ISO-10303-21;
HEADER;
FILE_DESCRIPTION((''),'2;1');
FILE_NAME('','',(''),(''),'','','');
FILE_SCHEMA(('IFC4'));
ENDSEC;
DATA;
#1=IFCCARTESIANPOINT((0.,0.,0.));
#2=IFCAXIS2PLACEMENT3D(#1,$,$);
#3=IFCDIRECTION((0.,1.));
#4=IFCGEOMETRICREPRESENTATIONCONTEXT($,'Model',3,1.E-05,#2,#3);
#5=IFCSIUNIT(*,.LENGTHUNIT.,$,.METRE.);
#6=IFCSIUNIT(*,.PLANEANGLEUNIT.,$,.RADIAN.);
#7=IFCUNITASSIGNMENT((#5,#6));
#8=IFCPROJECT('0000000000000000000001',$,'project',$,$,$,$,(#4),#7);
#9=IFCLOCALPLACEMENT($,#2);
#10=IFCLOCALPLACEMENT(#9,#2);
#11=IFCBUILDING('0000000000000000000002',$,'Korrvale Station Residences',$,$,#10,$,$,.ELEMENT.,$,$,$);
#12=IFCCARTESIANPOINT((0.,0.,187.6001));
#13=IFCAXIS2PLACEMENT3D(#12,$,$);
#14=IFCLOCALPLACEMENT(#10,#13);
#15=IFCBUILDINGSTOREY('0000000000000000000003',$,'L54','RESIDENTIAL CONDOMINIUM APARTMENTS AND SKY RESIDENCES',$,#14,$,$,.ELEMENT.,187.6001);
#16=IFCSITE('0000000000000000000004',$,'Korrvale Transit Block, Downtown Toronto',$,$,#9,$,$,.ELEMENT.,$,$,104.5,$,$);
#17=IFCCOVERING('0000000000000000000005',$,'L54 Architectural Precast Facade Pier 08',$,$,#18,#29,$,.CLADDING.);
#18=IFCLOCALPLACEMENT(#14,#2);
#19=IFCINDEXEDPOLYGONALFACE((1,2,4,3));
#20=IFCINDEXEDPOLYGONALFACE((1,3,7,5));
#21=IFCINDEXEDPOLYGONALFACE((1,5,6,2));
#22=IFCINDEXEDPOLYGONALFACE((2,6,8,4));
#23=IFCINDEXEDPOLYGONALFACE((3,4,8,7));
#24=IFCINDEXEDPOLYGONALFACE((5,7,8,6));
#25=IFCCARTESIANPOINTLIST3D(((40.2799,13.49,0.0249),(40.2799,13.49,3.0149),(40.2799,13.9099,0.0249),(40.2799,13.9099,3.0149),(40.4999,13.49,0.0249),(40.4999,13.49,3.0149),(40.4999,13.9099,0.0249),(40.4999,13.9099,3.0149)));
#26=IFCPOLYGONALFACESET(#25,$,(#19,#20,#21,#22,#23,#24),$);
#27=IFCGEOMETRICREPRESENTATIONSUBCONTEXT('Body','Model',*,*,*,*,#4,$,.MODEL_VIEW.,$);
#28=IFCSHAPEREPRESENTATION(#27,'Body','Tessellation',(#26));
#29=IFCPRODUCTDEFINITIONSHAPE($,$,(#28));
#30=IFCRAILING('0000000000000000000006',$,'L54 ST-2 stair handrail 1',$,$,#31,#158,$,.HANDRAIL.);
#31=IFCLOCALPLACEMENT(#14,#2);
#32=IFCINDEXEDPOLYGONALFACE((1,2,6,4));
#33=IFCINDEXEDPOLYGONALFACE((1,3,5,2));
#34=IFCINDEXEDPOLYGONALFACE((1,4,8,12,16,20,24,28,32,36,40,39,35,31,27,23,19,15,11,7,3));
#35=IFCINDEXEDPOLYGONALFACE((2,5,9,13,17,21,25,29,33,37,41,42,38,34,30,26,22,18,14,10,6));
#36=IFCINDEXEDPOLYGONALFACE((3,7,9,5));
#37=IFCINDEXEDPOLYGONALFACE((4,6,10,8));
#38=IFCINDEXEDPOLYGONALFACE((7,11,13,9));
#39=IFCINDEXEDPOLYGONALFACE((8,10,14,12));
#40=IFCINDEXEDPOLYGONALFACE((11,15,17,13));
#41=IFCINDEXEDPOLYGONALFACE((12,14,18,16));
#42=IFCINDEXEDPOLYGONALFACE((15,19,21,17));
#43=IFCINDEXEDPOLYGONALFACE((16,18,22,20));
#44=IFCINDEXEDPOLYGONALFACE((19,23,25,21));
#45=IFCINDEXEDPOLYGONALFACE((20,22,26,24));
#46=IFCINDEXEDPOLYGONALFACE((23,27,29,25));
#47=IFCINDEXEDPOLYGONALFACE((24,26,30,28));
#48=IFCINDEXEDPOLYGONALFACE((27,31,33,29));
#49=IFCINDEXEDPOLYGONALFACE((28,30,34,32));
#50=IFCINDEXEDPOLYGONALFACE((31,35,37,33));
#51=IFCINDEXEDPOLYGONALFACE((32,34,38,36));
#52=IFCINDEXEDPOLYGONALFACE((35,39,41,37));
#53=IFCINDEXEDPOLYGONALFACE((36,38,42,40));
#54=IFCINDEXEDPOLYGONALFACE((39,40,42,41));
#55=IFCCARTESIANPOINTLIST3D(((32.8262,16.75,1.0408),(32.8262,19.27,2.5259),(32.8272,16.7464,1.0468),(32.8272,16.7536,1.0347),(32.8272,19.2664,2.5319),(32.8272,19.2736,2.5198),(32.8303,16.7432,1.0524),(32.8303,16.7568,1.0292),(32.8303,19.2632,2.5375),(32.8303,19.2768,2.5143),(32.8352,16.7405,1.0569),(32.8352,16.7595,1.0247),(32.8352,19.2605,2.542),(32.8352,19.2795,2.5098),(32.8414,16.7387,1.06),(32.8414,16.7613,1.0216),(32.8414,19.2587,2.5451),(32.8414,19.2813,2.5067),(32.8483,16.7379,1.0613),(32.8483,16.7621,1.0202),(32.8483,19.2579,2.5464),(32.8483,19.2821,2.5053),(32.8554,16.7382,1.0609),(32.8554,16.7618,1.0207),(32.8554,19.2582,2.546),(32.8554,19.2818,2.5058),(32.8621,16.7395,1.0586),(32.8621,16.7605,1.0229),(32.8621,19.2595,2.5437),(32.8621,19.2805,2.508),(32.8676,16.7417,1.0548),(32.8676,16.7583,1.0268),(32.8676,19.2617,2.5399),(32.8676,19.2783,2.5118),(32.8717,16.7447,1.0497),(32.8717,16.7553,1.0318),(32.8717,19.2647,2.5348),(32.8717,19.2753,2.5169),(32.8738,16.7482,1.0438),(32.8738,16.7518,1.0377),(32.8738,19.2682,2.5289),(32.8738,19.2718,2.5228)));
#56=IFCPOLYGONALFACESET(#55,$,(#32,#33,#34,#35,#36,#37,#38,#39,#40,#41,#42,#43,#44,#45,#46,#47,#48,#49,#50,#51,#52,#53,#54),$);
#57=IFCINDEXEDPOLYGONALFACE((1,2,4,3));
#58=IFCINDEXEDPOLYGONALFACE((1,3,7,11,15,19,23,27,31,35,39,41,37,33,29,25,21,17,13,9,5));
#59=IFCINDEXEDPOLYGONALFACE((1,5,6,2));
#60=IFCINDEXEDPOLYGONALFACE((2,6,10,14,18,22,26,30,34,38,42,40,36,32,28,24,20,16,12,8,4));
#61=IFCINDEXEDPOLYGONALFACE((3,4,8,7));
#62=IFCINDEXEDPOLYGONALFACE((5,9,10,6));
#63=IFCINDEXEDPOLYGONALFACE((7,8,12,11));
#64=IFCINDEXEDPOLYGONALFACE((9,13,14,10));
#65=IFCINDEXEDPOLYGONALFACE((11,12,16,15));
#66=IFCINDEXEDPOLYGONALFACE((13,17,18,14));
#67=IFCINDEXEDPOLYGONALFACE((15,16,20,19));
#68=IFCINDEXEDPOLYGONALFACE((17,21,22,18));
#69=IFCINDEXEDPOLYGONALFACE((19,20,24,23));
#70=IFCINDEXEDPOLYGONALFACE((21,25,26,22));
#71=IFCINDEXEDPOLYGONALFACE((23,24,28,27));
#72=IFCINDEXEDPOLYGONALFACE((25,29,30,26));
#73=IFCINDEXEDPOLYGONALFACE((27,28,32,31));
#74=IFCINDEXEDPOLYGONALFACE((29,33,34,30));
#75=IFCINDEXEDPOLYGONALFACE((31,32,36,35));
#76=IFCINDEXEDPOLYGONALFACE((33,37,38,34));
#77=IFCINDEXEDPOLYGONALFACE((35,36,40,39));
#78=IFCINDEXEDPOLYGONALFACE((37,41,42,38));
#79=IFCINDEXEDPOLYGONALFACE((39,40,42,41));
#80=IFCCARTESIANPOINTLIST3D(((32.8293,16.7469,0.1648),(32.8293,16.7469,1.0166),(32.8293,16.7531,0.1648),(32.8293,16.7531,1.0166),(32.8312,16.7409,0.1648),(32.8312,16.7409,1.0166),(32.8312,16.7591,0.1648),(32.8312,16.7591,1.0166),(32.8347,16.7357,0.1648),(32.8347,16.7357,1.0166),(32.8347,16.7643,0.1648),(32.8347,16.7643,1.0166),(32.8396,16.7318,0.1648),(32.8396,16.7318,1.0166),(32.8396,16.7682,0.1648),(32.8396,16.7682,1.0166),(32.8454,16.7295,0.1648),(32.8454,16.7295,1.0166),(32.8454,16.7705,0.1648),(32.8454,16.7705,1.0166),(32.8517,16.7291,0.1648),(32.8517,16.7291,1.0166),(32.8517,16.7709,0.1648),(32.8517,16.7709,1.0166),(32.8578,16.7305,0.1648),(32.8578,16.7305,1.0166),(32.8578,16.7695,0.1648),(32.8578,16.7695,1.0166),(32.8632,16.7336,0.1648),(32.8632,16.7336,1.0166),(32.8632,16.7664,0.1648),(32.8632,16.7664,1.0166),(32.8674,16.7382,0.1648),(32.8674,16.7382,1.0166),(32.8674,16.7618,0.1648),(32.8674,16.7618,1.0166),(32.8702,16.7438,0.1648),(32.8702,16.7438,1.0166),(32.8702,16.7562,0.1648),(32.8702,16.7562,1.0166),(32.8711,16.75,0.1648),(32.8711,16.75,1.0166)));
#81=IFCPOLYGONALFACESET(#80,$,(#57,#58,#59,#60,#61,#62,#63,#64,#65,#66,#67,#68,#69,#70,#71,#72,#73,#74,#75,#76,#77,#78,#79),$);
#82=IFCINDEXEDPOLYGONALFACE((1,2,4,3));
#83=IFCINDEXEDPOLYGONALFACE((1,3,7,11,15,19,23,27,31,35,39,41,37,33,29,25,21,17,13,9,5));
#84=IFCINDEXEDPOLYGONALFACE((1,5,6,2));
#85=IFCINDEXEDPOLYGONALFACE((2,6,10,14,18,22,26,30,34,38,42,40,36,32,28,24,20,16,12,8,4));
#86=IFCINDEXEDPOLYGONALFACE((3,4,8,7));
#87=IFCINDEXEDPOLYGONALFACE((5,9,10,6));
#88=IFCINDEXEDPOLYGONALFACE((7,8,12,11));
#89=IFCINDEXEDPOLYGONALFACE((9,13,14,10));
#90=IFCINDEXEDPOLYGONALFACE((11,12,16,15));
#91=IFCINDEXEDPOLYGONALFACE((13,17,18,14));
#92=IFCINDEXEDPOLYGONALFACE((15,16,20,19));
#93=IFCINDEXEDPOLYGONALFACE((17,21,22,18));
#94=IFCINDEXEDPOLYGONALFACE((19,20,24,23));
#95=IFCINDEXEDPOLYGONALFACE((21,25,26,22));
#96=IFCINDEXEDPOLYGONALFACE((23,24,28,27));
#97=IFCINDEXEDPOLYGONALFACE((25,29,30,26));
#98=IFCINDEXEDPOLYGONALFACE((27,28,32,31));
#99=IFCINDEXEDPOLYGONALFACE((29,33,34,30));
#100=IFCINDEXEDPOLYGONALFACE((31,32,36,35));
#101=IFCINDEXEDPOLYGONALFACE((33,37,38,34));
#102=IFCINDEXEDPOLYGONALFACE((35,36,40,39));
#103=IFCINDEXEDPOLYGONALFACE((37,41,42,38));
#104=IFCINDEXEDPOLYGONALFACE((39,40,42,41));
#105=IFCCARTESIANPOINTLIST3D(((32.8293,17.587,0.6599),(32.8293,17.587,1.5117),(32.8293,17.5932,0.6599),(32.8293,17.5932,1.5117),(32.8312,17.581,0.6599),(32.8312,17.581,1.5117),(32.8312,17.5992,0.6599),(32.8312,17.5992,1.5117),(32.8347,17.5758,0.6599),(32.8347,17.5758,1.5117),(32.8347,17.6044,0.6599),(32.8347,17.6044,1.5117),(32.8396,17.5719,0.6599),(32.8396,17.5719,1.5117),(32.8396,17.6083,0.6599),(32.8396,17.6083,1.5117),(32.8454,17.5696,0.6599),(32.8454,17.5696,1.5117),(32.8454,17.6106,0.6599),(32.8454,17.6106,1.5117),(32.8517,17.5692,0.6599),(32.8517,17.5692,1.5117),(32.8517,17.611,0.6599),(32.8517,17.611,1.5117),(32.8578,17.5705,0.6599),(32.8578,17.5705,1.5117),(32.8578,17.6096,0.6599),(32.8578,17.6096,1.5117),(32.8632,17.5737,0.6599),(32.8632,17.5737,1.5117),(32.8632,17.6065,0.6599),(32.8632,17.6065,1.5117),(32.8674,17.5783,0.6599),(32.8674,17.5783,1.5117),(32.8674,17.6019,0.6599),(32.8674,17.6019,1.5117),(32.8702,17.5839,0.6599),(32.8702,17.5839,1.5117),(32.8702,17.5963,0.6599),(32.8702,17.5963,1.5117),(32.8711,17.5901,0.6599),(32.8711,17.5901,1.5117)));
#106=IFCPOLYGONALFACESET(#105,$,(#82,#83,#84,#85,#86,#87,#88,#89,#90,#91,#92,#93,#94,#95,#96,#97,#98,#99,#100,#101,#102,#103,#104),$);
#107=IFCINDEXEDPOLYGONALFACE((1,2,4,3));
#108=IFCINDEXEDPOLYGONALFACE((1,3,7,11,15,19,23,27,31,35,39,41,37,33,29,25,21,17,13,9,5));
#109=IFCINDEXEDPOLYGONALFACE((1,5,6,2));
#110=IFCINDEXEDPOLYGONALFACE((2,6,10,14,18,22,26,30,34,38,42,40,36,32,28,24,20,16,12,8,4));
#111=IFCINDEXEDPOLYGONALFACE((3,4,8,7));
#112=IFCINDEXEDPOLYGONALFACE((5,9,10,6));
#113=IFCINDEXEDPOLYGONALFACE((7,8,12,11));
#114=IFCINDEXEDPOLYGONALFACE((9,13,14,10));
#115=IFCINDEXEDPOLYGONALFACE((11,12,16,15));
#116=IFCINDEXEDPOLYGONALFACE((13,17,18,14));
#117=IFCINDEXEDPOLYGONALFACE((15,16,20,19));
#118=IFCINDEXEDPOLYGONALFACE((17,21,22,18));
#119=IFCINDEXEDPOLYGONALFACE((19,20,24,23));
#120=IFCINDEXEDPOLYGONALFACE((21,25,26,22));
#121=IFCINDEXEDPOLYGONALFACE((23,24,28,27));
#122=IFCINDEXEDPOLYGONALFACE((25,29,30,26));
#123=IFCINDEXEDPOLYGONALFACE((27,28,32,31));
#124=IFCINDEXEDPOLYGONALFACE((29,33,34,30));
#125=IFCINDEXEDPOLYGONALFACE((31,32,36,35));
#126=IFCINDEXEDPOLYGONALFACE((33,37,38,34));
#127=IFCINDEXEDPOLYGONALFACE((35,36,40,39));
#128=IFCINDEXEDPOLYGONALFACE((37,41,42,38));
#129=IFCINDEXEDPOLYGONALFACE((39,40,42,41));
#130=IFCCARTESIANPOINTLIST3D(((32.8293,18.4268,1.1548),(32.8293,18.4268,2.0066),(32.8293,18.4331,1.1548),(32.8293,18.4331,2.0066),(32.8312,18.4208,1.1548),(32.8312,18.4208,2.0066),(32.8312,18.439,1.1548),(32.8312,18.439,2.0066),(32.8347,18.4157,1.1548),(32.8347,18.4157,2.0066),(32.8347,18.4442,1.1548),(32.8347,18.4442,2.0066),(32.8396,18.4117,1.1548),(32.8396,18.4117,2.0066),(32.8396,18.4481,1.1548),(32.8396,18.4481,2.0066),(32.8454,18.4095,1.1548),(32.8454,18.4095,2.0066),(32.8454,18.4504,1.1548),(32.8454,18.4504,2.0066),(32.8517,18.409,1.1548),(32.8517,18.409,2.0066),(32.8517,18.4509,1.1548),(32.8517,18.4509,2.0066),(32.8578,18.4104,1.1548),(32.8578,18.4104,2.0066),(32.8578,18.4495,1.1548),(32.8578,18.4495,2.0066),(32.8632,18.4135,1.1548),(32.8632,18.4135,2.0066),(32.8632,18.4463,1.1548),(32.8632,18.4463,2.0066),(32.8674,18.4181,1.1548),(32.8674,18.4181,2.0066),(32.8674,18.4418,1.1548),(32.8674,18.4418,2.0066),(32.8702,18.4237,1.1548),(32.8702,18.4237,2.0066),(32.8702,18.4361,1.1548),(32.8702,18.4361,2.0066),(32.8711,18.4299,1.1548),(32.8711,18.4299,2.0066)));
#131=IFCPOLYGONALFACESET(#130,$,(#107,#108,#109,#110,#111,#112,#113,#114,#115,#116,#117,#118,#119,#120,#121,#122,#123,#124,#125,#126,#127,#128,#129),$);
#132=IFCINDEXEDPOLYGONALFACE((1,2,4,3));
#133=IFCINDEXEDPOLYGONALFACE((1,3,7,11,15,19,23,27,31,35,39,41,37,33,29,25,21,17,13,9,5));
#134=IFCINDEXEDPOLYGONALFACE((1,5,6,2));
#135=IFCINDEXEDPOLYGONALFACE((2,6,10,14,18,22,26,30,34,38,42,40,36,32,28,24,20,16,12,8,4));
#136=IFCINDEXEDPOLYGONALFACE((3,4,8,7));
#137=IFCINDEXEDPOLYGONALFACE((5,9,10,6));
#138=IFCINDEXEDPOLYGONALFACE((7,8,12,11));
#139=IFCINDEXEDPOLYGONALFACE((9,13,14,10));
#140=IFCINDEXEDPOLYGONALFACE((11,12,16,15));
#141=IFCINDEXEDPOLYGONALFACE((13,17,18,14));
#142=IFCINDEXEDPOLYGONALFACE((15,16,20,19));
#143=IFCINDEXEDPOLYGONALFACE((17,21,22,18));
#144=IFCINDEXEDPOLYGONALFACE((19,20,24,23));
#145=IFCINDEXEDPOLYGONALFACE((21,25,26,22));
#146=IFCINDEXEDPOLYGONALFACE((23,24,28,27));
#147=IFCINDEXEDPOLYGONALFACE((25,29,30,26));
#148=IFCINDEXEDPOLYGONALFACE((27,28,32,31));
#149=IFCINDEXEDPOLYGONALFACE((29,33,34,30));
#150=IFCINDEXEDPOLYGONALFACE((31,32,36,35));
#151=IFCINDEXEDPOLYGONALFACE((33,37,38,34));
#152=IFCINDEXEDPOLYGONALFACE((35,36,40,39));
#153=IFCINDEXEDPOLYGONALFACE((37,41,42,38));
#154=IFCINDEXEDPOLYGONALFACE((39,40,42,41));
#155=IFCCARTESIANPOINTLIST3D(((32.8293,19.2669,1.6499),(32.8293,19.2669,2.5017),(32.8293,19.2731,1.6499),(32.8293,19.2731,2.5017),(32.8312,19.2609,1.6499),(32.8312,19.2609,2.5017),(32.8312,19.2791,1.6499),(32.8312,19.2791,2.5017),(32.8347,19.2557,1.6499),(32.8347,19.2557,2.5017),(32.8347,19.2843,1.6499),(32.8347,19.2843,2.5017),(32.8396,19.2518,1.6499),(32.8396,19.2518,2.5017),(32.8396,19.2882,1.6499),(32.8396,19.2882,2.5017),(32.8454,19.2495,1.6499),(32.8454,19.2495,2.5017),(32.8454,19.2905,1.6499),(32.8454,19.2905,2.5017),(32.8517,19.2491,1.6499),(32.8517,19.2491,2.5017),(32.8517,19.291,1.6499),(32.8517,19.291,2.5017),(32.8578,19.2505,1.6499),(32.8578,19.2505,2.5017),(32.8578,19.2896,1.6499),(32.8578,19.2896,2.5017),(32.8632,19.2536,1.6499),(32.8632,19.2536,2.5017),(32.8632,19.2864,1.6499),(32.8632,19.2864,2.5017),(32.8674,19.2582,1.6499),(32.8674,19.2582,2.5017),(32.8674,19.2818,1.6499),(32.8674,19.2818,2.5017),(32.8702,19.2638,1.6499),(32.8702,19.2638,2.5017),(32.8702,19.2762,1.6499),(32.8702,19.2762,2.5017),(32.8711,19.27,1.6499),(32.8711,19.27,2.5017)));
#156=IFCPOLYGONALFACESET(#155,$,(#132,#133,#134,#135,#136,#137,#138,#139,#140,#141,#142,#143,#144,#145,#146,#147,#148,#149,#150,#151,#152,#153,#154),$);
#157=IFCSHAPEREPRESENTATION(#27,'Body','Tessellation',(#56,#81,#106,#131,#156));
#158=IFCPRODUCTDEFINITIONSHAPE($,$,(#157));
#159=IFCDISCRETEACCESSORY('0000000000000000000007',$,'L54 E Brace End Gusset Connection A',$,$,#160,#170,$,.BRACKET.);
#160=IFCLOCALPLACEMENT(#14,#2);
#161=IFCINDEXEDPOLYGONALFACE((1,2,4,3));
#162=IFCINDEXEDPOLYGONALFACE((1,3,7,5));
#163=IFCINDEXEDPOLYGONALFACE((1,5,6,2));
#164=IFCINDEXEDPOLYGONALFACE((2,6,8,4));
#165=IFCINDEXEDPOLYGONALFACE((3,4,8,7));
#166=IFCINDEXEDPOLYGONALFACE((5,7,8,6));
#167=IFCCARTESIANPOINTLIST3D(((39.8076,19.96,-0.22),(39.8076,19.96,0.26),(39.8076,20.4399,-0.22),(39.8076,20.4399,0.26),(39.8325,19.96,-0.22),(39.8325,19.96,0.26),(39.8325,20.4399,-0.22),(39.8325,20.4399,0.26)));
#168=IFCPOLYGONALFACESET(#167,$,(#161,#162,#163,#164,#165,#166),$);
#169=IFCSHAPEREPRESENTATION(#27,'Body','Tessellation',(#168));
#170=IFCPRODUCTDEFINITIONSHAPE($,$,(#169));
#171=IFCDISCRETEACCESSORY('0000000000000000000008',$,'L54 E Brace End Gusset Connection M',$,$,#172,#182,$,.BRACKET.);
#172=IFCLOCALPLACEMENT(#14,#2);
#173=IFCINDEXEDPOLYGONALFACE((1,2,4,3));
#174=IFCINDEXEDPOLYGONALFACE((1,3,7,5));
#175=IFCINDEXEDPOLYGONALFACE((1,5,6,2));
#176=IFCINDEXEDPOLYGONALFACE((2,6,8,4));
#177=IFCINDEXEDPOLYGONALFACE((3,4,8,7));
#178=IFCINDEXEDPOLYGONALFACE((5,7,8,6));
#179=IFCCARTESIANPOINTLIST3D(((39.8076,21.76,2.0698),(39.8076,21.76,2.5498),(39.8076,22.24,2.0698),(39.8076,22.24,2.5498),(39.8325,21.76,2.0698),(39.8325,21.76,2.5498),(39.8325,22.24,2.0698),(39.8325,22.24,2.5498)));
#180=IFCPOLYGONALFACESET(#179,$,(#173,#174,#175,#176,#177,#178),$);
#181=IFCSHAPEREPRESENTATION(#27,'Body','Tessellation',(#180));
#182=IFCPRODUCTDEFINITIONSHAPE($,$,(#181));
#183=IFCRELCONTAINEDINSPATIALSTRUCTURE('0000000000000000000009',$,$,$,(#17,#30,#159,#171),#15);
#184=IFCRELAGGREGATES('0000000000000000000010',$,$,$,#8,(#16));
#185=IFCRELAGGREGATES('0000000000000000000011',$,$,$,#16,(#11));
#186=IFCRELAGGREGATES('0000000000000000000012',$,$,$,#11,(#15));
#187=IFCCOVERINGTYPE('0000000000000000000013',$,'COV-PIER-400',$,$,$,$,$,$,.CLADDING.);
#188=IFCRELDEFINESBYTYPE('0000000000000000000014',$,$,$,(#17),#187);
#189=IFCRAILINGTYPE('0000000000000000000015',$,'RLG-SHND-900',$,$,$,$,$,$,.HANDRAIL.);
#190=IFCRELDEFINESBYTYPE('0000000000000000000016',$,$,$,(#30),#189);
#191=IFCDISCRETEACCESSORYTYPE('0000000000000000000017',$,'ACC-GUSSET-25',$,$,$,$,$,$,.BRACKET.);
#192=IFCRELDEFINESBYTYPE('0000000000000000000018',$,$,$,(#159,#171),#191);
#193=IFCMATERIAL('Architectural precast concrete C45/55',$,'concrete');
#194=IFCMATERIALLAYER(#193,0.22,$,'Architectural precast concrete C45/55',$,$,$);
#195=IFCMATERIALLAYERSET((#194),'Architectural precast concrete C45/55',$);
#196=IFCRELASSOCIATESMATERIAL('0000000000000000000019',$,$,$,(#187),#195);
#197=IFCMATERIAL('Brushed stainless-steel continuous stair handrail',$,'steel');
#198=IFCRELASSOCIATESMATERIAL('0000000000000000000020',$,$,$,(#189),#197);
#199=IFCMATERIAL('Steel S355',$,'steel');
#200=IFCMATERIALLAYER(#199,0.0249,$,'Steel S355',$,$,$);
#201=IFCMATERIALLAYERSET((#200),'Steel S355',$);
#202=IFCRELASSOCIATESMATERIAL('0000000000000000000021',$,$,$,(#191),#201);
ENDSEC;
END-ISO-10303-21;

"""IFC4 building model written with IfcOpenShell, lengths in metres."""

from ifc_helpers import new_model, si_unit, direction, frame, origin, origin_2d, place, context, subcontext, project, spatial, rectangle, circle, extrude, material, layer, layer_set, type_object, element, save


model = new_model("IFC4")

# Units and contexts
model_context = context("Model", 3, precision=1e-05, world=origin(), true_north=direction((0.0, 1.0)))
body_context = subcontext(model_context, "Body", "Model", "MODEL_VIEW")
ifc_project = project(units=[si_unit("LENGTHUNIT", "METRE"), si_unit("PLANEANGLEUNIT", "RADIAN")], contexts=[model_context])

# Site, building, storey
site_placement = place(None, origin())
site = spatial("IfcSite", under=ifc_project, at=site_placement, Name="Korrvale Transit Block, Downtown Toronto", CompositionType="ELEMENT", RefElevation=104.5)
building_placement = place(site_placement, origin())
building = spatial("IfcBuilding", under=site, at=building_placement, Name="Korrvale Station Residences", CompositionType="ELEMENT")
storey_placement = place(building_placement, frame((0.0, 0.0, 187.6001)))
storey = spatial("IfcBuildingStorey", under=building, at=storey_placement, Name="L54", Description="RESIDENTIAL CONDOMINIUM APARTMENTS AND SKY RESIDENCES", CompositionType="ELEMENT", Elevation=187.6001)

# Shared definitions
ifc_material_1 = material(Name="Steel S355", Category="steel")

# Covering
ifc_material_2 = material(Name="Architectural precast concrete C45/55", Category="concrete")
ifc_layer_1 = layer(ifc_material_2, 0.22, Name="Architectural precast concrete C45/55")
ifc_layer_set_1 = layer_set([ifc_layer_1], Name="Architectural precast concrete C45/55")
covering_type = type_object("IfcCoveringType", Name="COV-PIER-400", PredefinedType="CLADDING", material=ifc_layer_set_1)
covering_placement = place(storey_placement, frame((40.3899, 13.7, 0.0249), z_axis=(0.0, 0.0, 1.0), x_axis=(0.0, 1.0, 0.0)))
element("IfcCovering", 1, at=covering_placement, inside=storey, type_object=covering_type, Name="L54 Architectural Precast Facade Pier 08", PredefinedType="CLADDING", context=body_context, shape_type="SweptSolid", body=[
    extrude(rectangle(XDim=0.4199, YDim=0.22, at=origin_2d()), origin(), (0.0, 0.0, 1.0), 2.99),
])

# Railing
ifc_material_3 = material(Name="Brushed stainless-steel continuous stair handrail", Category="steel")
railing_type = type_object("IfcRailingType", Name="RLG-SHND-900", PredefinedType="HANDRAIL", material=ifc_material_3)
railing_placement = place(storey_placement, frame((32.8501, 16.75, 0.1648)))
element("IfcRailing", 2, at=railing_placement, inside=storey, type_object=railing_type, Name="L54 ST-2 stair handrail 1", PredefinedType="HANDRAIL", context=body_context, shape_type="SweptSolid", body=[
    extrude(circle(Radius=0.0239, at=origin_2d()), frame((0.0, 0.0, 0.876), z_axis=(0.0, 0.861524, 0.507717), x_axis=(-1.0, 0.0, 0.0)), (0.0, 0.0, 1.0), 2.925),
    extrude(circle(Radius=0.021, at=origin_2d()), origin(), (0.0, 0.0, 1.0), 0.8518),
    extrude(circle(Radius=0.021, at=origin_2d()), frame((0.0, 0.8401, 0.4951)), (0.0, 0.0, 1.0), 0.8518),
    extrude(circle(Radius=0.021, at=origin_2d()), frame((0.0, 1.6799, 0.99)), (0.0, 0.0, 1.0), 0.8518),
    extrude(circle(Radius=0.021, at=origin_2d()), frame((0.0, 2.52, 1.4851)), (0.0, 0.0, 1.0), 0.8518),
])

# Discrete accessories
ifc_layer_2 = layer(ifc_material_1, 0.0249, Name="Steel S355")
ifc_layer_set_2 = layer_set([ifc_layer_2], Name="Steel S355")
discrete_accessory_type = type_object("IfcDiscreteAccessoryType", Name="ACC-GUSSET-25", PredefinedType="BRACKET", material=ifc_layer_set_2)
for number, where, z_axis, x_axis, name in (
    (3, (39.8201, 20.2, -0.22), (0.0, 0.0, 1.0), (0.0, 1.0, 0.0), "L54 E Brace End Gusset Connection A"),
    (4, (39.8201, 22.0, 2.0698), (0.0, 0.0, 1.0), (0.0, 1.0, 0.0), "L54 E Brace End Gusset Connection M"),
):
    element("IfcDiscreteAccessory", number, at=place(storey_placement, frame(where, z_axis=z_axis, x_axis=x_axis)), inside=storey, type_object=discrete_accessory_type, Name=name, PredefinedType="BRACKET", context=body_context, shape_type="SweptSolid", body=[
        extrude(rectangle(XDim=0.48, YDim=0.0249, at=origin_2d()), origin(), (0.0, 0.0, 1.0), 0.48),
    ])

save(model, "model.ifc")
